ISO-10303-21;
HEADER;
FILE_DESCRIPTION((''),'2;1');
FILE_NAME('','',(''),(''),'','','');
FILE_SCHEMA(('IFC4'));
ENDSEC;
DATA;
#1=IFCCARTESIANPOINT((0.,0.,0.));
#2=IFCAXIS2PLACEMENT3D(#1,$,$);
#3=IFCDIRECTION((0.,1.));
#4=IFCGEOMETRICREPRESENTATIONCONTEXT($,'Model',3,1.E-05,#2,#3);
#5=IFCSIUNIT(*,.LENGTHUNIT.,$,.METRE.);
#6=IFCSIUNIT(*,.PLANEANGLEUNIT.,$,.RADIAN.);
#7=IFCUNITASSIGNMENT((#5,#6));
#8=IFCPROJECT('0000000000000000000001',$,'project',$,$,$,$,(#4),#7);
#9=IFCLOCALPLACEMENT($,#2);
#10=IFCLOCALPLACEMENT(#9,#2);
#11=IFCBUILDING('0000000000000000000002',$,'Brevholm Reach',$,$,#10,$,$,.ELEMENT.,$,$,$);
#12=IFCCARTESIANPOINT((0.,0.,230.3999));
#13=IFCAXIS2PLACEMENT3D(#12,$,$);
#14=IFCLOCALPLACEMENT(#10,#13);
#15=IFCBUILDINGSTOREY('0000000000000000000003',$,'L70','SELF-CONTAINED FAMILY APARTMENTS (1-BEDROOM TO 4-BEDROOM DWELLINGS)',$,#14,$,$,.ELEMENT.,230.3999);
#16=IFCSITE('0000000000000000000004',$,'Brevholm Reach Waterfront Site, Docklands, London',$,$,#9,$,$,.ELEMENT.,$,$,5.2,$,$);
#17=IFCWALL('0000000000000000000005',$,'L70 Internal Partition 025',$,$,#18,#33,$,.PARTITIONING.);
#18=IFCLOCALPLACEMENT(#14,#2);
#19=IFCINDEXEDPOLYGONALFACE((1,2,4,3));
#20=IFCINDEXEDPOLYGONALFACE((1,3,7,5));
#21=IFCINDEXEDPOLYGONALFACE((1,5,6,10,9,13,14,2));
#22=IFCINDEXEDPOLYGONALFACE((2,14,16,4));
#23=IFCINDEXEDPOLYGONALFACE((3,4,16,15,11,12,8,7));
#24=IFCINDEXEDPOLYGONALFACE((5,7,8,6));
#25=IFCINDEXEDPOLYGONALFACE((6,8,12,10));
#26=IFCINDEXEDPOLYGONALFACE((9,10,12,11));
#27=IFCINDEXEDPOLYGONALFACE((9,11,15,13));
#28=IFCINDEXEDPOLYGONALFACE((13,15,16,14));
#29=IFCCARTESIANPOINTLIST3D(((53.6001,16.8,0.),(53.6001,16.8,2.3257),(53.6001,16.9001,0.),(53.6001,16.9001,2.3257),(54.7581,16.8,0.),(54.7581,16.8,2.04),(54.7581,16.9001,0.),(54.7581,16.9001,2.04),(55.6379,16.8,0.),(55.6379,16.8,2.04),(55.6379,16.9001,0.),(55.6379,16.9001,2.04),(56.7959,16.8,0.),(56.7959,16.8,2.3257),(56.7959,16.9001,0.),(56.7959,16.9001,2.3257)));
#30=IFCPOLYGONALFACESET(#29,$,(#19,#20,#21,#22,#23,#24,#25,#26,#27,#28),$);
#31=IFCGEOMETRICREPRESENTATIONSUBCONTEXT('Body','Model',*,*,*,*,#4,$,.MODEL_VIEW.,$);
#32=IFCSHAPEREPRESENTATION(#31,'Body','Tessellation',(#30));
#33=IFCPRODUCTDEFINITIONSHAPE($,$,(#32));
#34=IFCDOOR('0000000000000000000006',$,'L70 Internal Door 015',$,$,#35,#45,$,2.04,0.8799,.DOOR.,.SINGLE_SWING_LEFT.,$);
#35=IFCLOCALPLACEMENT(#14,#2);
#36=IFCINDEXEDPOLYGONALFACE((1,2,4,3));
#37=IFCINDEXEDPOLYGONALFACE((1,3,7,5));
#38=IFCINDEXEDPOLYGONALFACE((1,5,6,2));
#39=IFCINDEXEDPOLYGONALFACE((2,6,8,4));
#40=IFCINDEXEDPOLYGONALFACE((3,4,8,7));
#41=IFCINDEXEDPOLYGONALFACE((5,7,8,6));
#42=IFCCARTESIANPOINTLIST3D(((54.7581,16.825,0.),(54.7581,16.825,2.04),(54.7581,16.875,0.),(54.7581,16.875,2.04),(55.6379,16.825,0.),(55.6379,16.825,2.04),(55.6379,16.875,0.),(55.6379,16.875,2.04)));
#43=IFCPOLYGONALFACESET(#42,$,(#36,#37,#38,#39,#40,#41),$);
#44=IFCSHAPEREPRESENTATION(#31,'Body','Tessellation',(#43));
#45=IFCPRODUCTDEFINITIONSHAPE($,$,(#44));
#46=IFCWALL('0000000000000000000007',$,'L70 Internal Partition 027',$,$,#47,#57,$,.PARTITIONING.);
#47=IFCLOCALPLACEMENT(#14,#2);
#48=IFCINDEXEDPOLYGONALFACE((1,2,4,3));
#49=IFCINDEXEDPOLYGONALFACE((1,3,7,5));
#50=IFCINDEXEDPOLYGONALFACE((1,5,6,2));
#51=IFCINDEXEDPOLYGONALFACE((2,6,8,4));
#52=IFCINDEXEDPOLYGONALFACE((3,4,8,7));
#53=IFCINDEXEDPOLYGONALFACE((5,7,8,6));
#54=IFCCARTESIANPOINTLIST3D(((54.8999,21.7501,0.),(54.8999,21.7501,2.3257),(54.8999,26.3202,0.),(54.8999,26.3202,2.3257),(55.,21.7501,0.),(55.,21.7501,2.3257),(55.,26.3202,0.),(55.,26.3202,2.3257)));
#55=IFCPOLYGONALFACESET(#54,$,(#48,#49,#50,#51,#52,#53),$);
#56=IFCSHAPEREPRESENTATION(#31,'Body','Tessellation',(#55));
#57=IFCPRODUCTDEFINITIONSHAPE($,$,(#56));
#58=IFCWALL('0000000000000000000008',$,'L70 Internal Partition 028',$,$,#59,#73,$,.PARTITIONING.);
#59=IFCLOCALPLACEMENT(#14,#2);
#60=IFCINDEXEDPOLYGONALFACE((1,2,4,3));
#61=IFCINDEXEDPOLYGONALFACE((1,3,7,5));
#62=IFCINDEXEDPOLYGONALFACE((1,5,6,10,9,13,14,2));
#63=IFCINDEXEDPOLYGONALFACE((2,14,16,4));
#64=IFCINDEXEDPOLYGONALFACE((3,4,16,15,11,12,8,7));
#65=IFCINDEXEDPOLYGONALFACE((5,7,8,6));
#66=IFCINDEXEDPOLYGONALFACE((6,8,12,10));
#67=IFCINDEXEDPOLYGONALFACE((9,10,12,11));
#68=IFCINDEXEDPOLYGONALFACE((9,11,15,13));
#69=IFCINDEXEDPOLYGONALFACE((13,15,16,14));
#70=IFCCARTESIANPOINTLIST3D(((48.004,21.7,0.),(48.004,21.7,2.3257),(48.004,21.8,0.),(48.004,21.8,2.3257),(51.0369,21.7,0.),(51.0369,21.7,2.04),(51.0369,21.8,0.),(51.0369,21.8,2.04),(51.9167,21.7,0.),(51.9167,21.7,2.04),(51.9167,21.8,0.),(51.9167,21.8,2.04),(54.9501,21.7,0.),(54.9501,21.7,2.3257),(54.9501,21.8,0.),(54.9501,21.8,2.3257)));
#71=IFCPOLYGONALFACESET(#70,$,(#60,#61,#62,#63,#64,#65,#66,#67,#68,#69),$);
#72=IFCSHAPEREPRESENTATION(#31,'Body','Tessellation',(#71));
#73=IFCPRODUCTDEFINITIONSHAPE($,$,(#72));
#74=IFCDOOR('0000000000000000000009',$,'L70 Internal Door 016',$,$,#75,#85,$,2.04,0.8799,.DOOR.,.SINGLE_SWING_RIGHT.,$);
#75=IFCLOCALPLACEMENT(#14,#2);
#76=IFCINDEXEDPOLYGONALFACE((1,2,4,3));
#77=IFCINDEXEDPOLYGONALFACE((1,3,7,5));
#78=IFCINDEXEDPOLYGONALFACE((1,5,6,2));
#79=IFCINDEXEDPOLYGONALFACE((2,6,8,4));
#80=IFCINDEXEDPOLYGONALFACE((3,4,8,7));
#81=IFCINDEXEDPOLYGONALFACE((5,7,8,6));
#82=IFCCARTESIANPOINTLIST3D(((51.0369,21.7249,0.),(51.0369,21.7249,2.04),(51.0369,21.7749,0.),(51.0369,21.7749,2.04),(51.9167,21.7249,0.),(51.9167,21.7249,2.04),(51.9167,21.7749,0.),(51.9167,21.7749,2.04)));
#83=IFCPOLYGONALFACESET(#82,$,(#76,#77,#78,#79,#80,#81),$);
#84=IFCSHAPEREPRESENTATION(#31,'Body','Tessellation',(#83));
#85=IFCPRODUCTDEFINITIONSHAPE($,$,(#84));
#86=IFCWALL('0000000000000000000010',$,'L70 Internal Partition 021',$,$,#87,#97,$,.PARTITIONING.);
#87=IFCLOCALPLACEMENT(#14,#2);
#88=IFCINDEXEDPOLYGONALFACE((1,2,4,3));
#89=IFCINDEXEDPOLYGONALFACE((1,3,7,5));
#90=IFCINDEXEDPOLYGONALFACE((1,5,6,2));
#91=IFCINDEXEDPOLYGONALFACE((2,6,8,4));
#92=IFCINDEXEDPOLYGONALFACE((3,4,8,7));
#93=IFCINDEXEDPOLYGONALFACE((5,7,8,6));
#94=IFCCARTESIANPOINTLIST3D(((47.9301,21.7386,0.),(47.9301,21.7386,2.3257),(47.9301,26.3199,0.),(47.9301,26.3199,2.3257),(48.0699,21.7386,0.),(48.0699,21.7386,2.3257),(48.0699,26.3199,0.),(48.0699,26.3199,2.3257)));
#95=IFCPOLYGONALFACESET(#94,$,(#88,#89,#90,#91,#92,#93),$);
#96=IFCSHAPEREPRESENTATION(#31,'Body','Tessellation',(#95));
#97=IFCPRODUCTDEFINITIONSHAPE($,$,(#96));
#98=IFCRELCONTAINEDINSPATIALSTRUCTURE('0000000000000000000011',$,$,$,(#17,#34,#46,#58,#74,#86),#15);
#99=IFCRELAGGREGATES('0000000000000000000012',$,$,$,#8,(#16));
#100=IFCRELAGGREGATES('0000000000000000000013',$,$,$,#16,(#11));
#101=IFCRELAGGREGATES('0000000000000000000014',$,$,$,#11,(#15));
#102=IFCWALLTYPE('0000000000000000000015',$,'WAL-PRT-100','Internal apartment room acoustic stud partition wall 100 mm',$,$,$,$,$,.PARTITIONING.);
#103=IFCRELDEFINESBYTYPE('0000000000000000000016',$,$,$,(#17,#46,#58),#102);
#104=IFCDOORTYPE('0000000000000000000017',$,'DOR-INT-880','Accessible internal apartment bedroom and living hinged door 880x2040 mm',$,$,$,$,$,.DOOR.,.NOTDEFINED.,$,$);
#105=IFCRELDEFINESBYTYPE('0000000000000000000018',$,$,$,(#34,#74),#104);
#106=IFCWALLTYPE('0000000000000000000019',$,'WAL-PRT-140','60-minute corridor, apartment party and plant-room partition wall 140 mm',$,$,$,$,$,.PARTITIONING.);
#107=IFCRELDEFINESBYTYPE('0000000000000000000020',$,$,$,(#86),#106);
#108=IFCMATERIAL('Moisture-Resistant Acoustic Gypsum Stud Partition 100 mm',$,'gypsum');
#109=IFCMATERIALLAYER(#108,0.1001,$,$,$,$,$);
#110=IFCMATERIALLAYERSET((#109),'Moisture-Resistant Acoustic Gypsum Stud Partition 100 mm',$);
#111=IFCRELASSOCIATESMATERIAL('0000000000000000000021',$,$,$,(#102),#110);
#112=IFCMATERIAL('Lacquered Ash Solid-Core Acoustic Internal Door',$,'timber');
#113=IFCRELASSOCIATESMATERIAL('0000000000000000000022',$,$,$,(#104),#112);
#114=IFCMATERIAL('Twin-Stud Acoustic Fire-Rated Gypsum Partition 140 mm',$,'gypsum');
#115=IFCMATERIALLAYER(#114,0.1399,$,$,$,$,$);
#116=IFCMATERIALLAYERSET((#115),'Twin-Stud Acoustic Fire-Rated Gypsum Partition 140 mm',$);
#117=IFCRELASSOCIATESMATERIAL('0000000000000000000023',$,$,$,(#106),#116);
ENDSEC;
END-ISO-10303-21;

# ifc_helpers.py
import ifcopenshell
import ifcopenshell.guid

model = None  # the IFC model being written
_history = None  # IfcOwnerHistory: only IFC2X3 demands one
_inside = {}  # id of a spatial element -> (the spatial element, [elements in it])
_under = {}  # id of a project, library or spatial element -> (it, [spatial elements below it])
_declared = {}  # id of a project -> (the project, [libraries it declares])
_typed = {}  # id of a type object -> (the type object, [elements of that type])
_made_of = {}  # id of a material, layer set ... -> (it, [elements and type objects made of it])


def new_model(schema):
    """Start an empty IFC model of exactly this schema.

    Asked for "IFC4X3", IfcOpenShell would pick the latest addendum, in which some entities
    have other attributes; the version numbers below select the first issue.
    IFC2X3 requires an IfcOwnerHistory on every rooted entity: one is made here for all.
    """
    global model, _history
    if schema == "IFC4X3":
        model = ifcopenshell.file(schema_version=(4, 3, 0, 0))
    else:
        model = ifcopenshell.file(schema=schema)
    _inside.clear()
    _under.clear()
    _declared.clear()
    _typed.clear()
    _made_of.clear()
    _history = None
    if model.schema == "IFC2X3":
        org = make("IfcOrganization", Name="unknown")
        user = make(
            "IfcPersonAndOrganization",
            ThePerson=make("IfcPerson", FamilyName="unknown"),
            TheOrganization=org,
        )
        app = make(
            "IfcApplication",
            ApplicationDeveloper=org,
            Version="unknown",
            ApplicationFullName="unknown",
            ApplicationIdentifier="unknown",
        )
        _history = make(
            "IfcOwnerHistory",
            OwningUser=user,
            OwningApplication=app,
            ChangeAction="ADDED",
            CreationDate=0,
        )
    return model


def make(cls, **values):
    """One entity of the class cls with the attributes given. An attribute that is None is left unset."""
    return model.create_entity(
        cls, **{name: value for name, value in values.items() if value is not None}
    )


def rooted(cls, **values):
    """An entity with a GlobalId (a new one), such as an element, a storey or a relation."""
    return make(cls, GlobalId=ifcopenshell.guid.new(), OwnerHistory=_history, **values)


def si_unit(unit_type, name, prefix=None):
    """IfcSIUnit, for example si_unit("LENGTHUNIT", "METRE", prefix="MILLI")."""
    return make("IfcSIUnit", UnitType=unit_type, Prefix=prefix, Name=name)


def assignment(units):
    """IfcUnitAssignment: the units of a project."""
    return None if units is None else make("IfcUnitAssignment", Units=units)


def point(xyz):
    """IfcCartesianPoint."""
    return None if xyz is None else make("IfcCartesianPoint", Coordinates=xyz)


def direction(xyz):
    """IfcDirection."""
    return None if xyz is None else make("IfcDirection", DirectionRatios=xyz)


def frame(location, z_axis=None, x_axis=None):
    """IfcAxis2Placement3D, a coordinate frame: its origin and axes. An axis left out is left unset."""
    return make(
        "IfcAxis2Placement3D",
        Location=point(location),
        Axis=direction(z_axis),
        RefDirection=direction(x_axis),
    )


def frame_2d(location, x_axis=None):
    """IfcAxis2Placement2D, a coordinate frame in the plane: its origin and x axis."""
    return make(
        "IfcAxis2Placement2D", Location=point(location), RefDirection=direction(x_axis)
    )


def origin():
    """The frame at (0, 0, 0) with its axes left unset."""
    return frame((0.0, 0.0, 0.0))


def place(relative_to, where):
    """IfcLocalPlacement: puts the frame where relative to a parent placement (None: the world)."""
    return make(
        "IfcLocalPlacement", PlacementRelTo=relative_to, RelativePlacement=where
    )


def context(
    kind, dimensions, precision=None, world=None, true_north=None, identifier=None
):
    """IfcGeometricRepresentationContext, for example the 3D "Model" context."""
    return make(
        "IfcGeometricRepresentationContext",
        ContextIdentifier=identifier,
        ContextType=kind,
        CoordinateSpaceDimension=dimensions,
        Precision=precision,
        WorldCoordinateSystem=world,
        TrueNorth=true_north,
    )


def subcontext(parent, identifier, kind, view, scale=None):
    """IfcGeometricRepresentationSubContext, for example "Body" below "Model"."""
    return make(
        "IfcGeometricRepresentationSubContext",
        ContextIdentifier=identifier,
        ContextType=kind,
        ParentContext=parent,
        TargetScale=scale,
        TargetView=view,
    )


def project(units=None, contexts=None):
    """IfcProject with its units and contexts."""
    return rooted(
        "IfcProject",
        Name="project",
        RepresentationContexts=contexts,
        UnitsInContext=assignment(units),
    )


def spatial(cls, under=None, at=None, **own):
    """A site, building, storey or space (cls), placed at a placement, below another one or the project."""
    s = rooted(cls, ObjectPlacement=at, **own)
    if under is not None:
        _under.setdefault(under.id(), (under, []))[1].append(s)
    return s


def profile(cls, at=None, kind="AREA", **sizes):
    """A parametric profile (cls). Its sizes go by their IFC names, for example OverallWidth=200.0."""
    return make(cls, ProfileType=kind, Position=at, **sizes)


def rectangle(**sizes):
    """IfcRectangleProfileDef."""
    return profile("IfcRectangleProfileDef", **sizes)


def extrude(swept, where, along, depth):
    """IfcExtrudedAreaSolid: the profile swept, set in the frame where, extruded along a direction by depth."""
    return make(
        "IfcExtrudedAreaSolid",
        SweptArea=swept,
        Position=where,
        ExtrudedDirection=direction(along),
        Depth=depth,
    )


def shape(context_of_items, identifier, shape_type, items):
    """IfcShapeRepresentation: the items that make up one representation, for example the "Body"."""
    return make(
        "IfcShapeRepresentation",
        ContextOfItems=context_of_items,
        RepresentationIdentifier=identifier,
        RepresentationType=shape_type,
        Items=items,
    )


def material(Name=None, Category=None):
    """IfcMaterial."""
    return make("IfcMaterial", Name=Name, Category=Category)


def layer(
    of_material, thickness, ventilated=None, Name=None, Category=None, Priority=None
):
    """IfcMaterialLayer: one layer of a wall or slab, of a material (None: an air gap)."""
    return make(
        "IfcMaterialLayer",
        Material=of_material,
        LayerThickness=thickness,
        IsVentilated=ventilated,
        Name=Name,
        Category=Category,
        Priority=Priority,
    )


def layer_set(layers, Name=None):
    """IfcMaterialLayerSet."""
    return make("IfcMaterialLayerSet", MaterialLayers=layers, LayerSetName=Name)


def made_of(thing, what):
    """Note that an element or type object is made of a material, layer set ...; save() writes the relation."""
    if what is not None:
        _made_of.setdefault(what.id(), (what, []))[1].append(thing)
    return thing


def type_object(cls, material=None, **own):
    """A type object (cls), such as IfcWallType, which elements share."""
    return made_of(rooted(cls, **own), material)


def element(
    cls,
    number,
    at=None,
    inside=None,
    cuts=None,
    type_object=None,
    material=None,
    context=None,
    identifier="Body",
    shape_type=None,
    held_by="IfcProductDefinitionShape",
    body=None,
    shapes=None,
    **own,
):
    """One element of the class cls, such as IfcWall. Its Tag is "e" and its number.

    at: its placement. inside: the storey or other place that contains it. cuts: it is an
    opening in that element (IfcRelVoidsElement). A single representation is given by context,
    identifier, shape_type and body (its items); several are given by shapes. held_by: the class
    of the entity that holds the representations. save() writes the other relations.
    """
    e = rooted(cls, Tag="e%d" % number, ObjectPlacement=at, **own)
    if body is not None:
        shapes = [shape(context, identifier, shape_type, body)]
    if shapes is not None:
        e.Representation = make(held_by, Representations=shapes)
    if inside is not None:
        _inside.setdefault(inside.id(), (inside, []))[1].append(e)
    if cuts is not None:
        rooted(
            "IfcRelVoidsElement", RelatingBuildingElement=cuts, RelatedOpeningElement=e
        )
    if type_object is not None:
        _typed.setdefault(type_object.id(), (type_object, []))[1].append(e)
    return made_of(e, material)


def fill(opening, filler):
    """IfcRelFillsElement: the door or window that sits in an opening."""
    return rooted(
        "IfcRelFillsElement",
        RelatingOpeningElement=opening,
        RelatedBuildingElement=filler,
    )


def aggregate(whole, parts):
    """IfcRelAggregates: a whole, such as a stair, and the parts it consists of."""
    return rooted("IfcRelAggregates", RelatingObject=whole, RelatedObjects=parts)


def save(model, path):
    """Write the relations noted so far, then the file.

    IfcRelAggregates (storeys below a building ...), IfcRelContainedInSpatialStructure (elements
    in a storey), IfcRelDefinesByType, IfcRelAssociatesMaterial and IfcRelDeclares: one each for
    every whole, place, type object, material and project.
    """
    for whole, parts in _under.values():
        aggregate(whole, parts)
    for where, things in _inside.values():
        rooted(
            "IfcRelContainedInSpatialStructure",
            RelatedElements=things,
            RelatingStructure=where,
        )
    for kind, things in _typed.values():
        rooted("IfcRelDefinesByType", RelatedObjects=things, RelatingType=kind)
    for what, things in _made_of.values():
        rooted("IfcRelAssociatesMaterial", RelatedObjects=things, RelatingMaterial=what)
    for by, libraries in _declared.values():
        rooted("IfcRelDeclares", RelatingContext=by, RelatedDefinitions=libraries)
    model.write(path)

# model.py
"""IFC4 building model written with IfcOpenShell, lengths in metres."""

from ifc_helpers import new_model, si_unit, direction, frame, frame_2d, origin, place, context, subcontext, project, spatial, rectangle, extrude, material, layer, layer_set, type_object, element, fill, save


model = new_model("IFC4")

# Units and contexts
model_context = context("Model", 3, precision=1e-05, world=origin(), true_north=direction((0.0, 1.0)))
body_context = subcontext(model_context, "Body", "Model", "MODEL_VIEW")
ifc_project = project(units=[si_unit("LENGTHUNIT", "METRE"), si_unit("PLANEANGLEUNIT", "RADIAN")], contexts=[model_context])

# Site, building, storey
site_placement = place(None, origin())
site = spatial("IfcSite", under=ifc_project, at=site_placement, Name="Brevholm Reach Waterfront Site, Docklands, London", CompositionType="ELEMENT", RefElevation=5.2)
building_placement = place(site_placement, origin())
building = spatial("IfcBuilding", under=site, at=building_placement, Name="Brevholm Reach", CompositionType="ELEMENT")
storey_placement = place(building_placement, frame((0.0, 0.0, 230.3999)))
storey = spatial("IfcBuildingStorey", under=building, at=storey_placement, Name="L70", Description="SELF-CONTAINED FAMILY APARTMENTS (1-BEDROOM TO 4-BEDROOM DWELLINGS)", CompositionType="ELEMENT", Elevation=230.3999)

# Wall, opening, door
ifc_material_1 = material(Name="Moisture-Resistant Acoustic Gypsum Stud Partition 100 mm", Category="gypsum")
ifc_layer_1 = layer(ifc_material_1, 0.1001)
ifc_layer_set_1 = layer_set([ifc_layer_1], Name="Moisture-Resistant Acoustic Gypsum Stud Partition 100 mm")
wall_type_1 = type_object("IfcWallType", Name="WAL-PRT-100", Description="Internal apartment room acoustic stud partition wall 100 mm", PredefinedType="PARTITIONING", material=ifc_layer_set_1)
wall_1_placement = place(storey_placement, frame((53.6001, 16.8501, 0.0), z_axis=(0.0, 0.0, 1.0), x_axis=(1.0, 0.0, 0.0)))
wall_1 = element("IfcWall", 1, at=wall_1_placement, inside=storey, type_object=wall_type_1, Name="L70 Internal Partition 025", PredefinedType="PARTITIONING", context=body_context, shape_type="SweptSolid", body=[
    extrude(rectangle(XDim=3.1958, YDim=0.1001, at=frame_2d((1.5979, 0.0))), origin(), (0.0, 0.0, 1.0), 2.3257),
])
opening_1_placement = place(wall_1_placement, frame((1.158, 0.0, 0.0)))
opening_1 = element("IfcOpeningElement", 2, at=opening_1_placement, cuts=wall_1, PredefinedType="OPENING", context=body_context, shape_type="SweptSolid", body=[
    extrude(rectangle(XDim=0.8799, YDim=2.04, at=frame_2d((0.4399, 1.02))), frame((0.0, 0.0601, 0.0), z_axis=(0.0, -1.0, 0.0), x_axis=(1.0, 0.0, 0.0)), (0.0, 0.0, 1.0), 0.1201),
])
ifc_material_2 = material(Name="Lacquered Ash Solid-Core Acoustic Internal Door", Category="timber")
door_type = type_object("IfcDoorType", Name="DOR-INT-880", Description="Accessible internal apartment bedroom and living hinged door 880x2040 mm", OperationType="NOTDEFINED", PredefinedType="DOOR", material=ifc_material_2)
door_1_placement = place(opening_1_placement, origin())
door_1 = element("IfcDoor", 3, at=door_1_placement, inside=storey, type_object=door_type, Name="L70 Internal Door 015", OperationType="SINGLE_SWING_LEFT", OverallHeight=2.04, OverallWidth=0.8799, PredefinedType="DOOR", context=body_context, shape_type="SweptSolid", body=[
    extrude(rectangle(XDim=0.8799, YDim=2.04, at=frame_2d((0.4399, 1.02))), frame((0.0, 0.0249, 0.0), z_axis=(0.0, -1.0, 0.0), x_axis=(1.0, 0.0, 0.0)), (0.0, 0.0, 1.0), 0.05),
])
fill(opening_1, door_1)

# Wall
wall_2_placement = place(storey_placement, frame((54.95, 21.75, 0.0), z_axis=(0.0, 0.0, 1.0), x_axis=(0.0, 1.0, 0.0)))
element("IfcWall", 4, at=wall_2_placement, inside=storey, type_object=wall_type_1, Name="L70 Internal Partition 027", PredefinedType="PARTITIONING", context=body_context, shape_type="SweptSolid", body=[
    extrude(rectangle(XDim=4.5701, YDim=0.1001, at=frame_2d((2.2852, 0.0))), origin(), (0.0, 0.0, 1.0), 2.3257),
])

# Wall, opening, door
wall_3_placement = place(storey_placement, frame((48.0039, 21.75, 0.0), z_axis=(0.0, 0.0, 1.0), x_axis=(1.0, 0.0, 0.0)))
wall_3 = element("IfcWall", 5, at=wall_3_placement, inside=storey, type_object=wall_type_1, Name="L70 Internal Partition 028", PredefinedType="PARTITIONING", context=body_context, shape_type="SweptSolid", body=[
    extrude(rectangle(XDim=6.946, YDim=0.1001, at=frame_2d((3.4731, 0.0))), origin(), (0.0, 0.0, 1.0), 2.3257),
])
opening_2_placement = place(wall_3_placement, frame((3.033, 0.0, 0.0)))
opening_2 = element("IfcOpeningElement", 6, at=opening_2_placement, cuts=wall_3, PredefinedType="OPENING", context=body_context, shape_type="SweptSolid", body=[
    extrude(rectangle(XDim=0.8799, YDim=2.04, at=frame_2d((0.4399, 1.02))), frame((0.0, 0.0601, 0.0), z_axis=(0.0, -1.0, 0.0), x_axis=(1.0, 0.0, 0.0)), (0.0, 0.0, 1.0), 0.1201),
])
door_2_placement = place(opening_2_placement, origin())
door_2 = element("IfcDoor", 7, at=door_2_placement, inside=storey, type_object=door_type, Name="L70 Internal Door 016", OperationType="SINGLE_SWING_RIGHT", OverallHeight=2.04, OverallWidth=0.8799, PredefinedType="DOOR", context=body_context, shape_type="SweptSolid", body=[
    extrude(rectangle(XDim=0.8799, YDim=2.04, at=frame_2d((0.4399, 1.02))), frame((0.0, 0.0249, 0.0), z_axis=(0.0, -1.0, 0.0), x_axis=(1.0, 0.0, 0.0)), (0.0, 0.0, 1.0), 0.05),
])
fill(opening_2, door_2)

# Wall
ifc_material_3 = material(Name="Twin-Stud Acoustic Fire-Rated Gypsum Partition 140 mm", Category="gypsum")
ifc_layer_2 = layer(ifc_material_3, 0.1399)
ifc_layer_set_2 = layer_set([ifc_layer_2], Name="Twin-Stud Acoustic Fire-Rated Gypsum Partition 140 mm")
wall_type_2 = type_object("IfcWallType", Name="WAL-PRT-140", Description="60-minute corridor, apartment party and plant-room partition wall 140 mm", PredefinedType="PARTITIONING", material=ifc_layer_set_2)
wall_4_placement = place(storey_placement, frame((48.0, 21.7388, 0.0), z_axis=(0.0, 0.0, 1.0), x_axis=(0.0, 1.0, 0.0)))
element("IfcWall", 8, at=wall_4_placement, inside=storey, type_object=wall_type_2, Name="L70 Internal Partition 021", PredefinedType="PARTITIONING", context=body_context, shape_type="SweptSolid", body=[
    extrude(rectangle(XDim=4.5813, YDim=0.1399, at=frame_2d((2.2905, 0.0))), origin(), (0.0, 0.0, 1.0), 2.3257),
])

save(model, "model.ifc")
